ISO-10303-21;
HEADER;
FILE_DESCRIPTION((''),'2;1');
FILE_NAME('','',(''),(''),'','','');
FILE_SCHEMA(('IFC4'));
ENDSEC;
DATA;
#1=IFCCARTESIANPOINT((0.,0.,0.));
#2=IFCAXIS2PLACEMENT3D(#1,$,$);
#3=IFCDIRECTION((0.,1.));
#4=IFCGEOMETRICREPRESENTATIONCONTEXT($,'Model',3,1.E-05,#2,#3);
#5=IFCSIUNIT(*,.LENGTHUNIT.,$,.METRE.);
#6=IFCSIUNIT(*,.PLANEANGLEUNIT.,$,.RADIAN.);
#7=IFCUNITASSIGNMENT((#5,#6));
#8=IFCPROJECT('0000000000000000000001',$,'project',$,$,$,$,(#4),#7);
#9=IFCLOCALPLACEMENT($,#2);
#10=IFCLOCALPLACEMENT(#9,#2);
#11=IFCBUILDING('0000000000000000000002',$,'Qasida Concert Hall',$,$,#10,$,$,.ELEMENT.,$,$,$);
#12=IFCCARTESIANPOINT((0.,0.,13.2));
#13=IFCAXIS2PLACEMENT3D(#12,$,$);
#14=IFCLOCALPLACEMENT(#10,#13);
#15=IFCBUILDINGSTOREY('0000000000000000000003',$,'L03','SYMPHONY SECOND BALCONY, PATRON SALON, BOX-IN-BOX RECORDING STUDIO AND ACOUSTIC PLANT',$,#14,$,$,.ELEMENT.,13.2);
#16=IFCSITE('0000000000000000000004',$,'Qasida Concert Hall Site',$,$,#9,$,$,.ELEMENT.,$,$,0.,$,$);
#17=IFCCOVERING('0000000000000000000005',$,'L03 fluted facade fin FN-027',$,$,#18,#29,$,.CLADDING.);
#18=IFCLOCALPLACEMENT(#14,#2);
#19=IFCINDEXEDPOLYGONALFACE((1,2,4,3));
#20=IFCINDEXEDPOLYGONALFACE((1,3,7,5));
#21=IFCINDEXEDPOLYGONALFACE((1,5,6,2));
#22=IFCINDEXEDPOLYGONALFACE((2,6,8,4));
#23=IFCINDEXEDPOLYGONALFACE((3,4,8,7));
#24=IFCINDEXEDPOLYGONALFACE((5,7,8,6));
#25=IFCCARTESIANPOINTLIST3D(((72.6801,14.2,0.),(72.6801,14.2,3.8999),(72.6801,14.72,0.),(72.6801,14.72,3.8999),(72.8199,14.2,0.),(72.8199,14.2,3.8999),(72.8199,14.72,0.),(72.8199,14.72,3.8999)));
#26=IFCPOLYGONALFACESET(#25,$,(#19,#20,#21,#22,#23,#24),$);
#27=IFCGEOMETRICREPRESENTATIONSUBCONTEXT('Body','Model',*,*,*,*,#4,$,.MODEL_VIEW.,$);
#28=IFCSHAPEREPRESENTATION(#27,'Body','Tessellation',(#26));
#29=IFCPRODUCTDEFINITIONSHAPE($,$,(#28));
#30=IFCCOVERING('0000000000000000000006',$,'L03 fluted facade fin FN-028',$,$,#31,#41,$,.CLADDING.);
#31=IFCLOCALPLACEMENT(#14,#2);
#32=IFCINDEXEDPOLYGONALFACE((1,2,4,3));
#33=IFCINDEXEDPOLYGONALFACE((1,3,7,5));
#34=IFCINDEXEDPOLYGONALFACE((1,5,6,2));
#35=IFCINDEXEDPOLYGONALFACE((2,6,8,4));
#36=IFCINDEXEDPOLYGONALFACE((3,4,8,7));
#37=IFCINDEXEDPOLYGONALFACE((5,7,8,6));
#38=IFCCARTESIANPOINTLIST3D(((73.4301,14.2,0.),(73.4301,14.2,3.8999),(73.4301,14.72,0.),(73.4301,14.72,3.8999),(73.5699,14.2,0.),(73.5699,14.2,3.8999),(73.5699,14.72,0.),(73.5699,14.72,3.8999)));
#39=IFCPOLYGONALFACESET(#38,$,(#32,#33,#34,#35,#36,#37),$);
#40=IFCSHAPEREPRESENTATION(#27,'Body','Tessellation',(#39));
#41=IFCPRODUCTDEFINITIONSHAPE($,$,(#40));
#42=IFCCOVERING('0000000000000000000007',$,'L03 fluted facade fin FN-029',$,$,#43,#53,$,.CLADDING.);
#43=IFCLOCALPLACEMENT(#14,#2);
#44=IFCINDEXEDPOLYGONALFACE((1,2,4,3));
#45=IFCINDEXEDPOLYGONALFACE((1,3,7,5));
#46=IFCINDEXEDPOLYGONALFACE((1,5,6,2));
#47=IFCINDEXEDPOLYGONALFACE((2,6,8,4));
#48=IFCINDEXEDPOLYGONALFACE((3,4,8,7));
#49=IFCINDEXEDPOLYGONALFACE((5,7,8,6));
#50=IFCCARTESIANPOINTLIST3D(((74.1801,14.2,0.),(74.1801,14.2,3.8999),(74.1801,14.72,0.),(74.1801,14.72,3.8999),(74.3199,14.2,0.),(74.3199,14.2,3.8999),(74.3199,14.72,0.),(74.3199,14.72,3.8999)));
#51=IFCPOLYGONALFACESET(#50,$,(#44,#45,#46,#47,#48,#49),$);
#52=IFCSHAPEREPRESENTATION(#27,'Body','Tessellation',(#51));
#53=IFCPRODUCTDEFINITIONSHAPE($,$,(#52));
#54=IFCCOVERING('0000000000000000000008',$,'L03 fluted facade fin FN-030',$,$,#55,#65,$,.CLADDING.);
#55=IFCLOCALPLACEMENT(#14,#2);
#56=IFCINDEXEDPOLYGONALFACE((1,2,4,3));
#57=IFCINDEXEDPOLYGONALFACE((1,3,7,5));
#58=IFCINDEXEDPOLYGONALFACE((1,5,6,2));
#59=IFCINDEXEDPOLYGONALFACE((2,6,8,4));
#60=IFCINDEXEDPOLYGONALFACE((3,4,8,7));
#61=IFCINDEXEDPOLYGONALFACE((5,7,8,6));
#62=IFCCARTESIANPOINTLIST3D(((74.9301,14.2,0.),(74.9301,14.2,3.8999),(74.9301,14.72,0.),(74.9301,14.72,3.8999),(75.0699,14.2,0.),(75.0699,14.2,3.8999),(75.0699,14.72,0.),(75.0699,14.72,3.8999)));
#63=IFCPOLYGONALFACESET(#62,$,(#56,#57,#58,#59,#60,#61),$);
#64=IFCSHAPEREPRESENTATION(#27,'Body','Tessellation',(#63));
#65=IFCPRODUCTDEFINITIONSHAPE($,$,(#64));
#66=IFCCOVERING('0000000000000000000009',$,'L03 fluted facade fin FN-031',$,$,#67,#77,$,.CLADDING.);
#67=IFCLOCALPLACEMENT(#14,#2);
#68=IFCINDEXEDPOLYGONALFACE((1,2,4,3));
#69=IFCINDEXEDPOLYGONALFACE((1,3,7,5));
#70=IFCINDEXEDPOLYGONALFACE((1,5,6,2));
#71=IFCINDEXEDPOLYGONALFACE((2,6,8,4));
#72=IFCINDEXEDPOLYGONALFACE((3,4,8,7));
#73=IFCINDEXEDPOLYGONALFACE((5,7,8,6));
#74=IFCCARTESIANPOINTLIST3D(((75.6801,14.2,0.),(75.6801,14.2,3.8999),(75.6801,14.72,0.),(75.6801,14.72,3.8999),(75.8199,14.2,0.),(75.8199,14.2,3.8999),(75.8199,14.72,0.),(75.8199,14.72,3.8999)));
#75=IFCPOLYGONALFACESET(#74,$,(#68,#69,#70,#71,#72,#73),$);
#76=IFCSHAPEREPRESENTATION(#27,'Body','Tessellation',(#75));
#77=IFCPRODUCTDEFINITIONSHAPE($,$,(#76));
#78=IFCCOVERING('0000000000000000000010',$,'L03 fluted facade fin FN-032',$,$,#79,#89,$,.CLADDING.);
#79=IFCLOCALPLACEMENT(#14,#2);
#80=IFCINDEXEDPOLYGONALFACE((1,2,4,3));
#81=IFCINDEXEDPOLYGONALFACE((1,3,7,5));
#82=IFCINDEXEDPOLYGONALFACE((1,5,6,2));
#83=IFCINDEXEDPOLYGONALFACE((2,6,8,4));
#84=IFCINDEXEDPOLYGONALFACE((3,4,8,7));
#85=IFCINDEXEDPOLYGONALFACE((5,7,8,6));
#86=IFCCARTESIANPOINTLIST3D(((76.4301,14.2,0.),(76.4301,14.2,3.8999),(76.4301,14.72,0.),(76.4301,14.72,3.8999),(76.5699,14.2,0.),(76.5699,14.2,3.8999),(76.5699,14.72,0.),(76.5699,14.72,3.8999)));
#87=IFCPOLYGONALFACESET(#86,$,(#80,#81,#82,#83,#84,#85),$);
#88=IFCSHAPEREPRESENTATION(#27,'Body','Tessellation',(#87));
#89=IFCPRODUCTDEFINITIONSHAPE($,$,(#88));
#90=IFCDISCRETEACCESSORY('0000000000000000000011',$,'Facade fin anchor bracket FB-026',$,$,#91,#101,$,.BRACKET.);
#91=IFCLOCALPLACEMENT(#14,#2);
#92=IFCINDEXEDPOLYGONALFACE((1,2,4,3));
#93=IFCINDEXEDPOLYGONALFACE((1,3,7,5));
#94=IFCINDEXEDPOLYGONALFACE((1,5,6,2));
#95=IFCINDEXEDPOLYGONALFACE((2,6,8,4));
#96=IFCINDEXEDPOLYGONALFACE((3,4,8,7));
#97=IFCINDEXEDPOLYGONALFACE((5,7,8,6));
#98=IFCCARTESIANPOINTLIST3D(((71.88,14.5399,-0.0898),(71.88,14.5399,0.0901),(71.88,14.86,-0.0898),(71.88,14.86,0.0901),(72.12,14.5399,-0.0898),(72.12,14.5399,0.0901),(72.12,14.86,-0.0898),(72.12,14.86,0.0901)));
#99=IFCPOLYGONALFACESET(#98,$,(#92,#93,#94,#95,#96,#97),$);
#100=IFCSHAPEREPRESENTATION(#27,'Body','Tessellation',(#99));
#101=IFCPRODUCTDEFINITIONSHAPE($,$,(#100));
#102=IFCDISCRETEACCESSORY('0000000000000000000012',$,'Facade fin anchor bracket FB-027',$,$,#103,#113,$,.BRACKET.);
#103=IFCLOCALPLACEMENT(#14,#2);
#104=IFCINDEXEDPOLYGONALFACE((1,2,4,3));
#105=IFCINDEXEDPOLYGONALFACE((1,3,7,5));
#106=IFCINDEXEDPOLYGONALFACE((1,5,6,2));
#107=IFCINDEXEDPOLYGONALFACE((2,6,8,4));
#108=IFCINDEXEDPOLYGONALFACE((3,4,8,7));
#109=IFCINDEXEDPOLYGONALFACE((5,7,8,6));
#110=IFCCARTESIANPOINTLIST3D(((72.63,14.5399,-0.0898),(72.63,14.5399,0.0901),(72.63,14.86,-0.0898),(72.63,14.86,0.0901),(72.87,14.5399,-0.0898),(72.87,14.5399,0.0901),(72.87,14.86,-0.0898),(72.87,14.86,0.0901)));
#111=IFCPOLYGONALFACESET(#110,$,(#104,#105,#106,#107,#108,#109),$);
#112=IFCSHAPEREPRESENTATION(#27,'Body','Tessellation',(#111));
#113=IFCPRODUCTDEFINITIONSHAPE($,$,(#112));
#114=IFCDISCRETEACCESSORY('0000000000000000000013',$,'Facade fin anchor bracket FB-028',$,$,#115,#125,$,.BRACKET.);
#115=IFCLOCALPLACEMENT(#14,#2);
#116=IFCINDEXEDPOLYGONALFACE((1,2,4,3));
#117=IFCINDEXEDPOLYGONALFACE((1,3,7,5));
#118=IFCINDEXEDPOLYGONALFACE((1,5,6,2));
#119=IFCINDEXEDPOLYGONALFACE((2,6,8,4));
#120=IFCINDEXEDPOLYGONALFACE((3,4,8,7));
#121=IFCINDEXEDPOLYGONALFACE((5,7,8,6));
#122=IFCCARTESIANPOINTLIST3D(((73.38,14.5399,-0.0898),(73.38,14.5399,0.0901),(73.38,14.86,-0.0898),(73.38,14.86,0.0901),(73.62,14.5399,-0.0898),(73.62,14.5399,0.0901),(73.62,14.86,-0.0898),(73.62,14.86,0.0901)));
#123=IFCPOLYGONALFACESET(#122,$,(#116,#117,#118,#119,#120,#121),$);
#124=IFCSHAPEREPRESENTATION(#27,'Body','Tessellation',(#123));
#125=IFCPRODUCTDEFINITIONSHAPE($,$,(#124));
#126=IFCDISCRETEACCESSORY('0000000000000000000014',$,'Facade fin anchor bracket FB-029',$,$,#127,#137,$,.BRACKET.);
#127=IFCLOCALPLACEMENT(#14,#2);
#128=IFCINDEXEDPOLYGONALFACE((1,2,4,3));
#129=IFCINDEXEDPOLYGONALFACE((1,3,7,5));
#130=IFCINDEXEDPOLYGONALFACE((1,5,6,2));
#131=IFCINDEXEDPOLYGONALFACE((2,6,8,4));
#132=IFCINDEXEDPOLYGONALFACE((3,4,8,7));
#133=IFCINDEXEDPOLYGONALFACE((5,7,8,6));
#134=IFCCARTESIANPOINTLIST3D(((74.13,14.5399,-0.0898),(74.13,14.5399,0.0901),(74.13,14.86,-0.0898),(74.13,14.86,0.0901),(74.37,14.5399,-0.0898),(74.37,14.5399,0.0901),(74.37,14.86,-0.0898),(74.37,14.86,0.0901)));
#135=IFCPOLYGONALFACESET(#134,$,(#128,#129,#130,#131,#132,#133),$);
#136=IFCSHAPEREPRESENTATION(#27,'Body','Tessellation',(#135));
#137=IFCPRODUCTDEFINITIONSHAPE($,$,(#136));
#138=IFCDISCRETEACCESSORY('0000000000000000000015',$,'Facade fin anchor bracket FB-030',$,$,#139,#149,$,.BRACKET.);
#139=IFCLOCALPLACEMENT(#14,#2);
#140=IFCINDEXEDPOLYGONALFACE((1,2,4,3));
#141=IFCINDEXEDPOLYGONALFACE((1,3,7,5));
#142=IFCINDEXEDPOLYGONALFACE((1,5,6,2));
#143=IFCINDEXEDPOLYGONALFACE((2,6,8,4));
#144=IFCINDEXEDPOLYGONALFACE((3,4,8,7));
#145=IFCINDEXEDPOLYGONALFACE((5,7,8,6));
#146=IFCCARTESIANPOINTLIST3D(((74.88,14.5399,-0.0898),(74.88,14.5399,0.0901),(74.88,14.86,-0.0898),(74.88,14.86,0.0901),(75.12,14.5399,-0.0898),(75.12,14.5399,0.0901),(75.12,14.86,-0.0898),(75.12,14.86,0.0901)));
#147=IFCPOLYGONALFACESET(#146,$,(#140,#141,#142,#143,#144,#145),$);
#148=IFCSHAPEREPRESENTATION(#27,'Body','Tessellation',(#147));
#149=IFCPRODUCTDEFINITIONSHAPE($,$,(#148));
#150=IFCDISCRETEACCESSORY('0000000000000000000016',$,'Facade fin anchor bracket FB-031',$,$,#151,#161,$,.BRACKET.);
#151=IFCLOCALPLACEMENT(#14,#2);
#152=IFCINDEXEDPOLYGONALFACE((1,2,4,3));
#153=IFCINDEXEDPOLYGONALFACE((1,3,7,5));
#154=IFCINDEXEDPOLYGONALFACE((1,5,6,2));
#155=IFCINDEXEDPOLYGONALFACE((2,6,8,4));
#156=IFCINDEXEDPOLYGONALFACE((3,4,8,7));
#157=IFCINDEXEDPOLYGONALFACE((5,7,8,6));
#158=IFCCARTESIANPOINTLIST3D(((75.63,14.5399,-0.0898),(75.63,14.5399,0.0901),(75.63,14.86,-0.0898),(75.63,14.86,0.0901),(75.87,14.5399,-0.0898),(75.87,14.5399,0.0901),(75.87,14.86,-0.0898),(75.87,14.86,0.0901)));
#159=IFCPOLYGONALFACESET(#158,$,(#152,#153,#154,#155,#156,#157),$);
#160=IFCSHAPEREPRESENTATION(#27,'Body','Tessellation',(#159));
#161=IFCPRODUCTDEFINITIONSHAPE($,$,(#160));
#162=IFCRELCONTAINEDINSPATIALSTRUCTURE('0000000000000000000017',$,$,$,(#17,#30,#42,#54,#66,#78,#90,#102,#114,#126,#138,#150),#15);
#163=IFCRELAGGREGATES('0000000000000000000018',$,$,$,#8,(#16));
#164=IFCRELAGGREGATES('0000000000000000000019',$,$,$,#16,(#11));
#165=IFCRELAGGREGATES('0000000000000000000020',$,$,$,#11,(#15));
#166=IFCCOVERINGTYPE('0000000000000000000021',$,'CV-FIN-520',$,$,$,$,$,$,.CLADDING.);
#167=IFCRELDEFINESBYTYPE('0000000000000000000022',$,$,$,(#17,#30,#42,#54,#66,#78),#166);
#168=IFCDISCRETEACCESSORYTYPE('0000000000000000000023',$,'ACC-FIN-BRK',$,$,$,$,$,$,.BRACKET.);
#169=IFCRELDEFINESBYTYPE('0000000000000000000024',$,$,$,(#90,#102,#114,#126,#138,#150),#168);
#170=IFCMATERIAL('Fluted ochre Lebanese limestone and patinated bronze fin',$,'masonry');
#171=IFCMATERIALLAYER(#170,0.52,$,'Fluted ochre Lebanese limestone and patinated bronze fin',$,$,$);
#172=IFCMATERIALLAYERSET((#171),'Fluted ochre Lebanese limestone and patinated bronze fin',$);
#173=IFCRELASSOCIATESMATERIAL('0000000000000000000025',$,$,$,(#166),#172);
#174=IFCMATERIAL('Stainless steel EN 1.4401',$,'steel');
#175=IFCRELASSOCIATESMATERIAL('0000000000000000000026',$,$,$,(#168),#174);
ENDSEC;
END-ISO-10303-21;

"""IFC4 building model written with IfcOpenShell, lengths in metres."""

from ifc_helpers import new_model, si_unit, direction, frame, origin, origin_2d, place, context, subcontext, project, spatial, rectangle, extrude, material, layer, layer_set, type_object, element, save


model = new_model("IFC4")

# Units and contexts
model_context = context("Model", 3, precision=1e-05, world=origin(), true_north=direction((0.0, 1.0)))
body_context = subcontext(model_context, "Body", "Model", "MODEL_VIEW")
ifc_project = project(units=[si_unit("LENGTHUNIT", "METRE"), si_unit("PLANEANGLEUNIT", "RADIAN")], contexts=[model_context])

# Site, building, storey
site_placement = place(None, origin())
site = spatial("IfcSite", under=ifc_project, at=site_placement, Name="Qasida Concert Hall Site", CompositionType="ELEMENT", RefElevation=0.0)
building_placement = place(site_placement, origin())
building = spatial("IfcBuilding", under=site, at=building_placement, Name="Qasida Concert Hall", CompositionType="ELEMENT")
storey_placement = place(building_placement, frame((0.0, 0.0, 13.2)))
storey = spatial("IfcBuildingStorey", under=building, at=storey_placement, Name="L03", Description="SYMPHONY SECOND BALCONY, PATRON SALON, BOX-IN-BOX RECORDING STUDIO AND ACOUSTIC PLANT", CompositionType="ELEMENT", Elevation=13.2)

# Coverings
ifc_material_1 = material(Name="Fluted ochre Lebanese limestone and patinated bronze fin", Category="masonry")
ifc_layer_1 = layer(ifc_material_1, 0.52, Name="Fluted ochre Lebanese limestone and patinated bronze fin")
ifc_layer_set_1 = layer_set([ifc_layer_1], Name="Fluted ochre Lebanese limestone and patinated bronze fin")
covering_type = type_object("IfcCoveringType", Name="CV-FIN-520", PredefinedType="CLADDING", material=ifc_layer_set_1)
for number, where, z_axis, x_axis, name in (
    (1, (72.75, 14.46, 0.0), (0.0, 0.0, 1.0), (1.0, 0.0, 0.0), "L03 fluted facade fin FN-027"),
    (2, (73.5, 14.46, 0.0), (0.0, 0.0, 1.0), (1.0, 0.0, 0.0), "L03 fluted facade fin FN-028"),
    (3, (74.25, 14.46, 0.0), (0.0, 0.0, 1.0), (1.0, 0.0, 0.0), "L03 fluted facade fin FN-029"),
    (4, (75.0, 14.46, 0.0), (0.0, 0.0, 1.0), (1.0, 0.0, 0.0), "L03 fluted facade fin FN-030"),
    (5, (75.75, 14.46, 0.0), (0.0, 0.0, 1.0), (1.0, 0.0, 0.0), "L03 fluted facade fin FN-031"),
    (6, (76.5, 14.46, 0.0), (0.0, 0.0, 1.0), (1.0, 0.0, 0.0), "L03 fluted facade fin FN-032"),
):
    element("IfcCovering", number, at=place(storey_placement, frame(where, z_axis=z_axis, x_axis=x_axis)), inside=storey, type_object=covering_type, Name=name, PredefinedType="CLADDING", context=body_context, shape_type="SweptSolid", body=[
        extrude(rectangle(XDim=0.1399, YDim=0.52, at=origin_2d()), origin(), (0.0, 0.0, 1.0), 3.8999),
    ])

# Discrete accessories
ifc_material_2 = material(Name="Stainless steel EN 1.4401", Category="steel")
discrete_accessory_type = type_object("IfcDiscreteAccessoryType", Name="ACC-FIN-BRK", PredefinedType="BRACKET", material=ifc_material_2)
for number, where, z_axis, x_axis, name in (
    (7, (72.0, 14.7, -0.0898), (0.0, 0.0, 1.0), (1.0, 0.0, 0.0), "Facade fin anchor bracket FB-026"),
    (8, (72.75, 14.7, -0.0898), (0.0, 0.0, 1.0), (1.0, 0.0, 0.0), "Facade fin anchor bracket FB-027"),
    (9, (73.5, 14.7, -0.0898), (0.0, 0.0, 1.0), (1.0, 0.0, 0.0), "Facade fin anchor bracket FB-028"),
    (10, (74.25, 14.7, -0.0898), (0.0, 0.0, 1.0), (1.0, 0.0, 0.0), "Facade fin anchor bracket FB-029"),
    (11, (75.0, 14.7, -0.0898), (0.0, 0.0, 1.0), (1.0, 0.0, 0.0), "Facade fin anchor bracket FB-030"),
    (12, (75.75, 14.7, -0.0898), (0.0, 0.0, 1.0), (1.0, 0.0, 0.0), "Facade fin anchor bracket FB-031"),
):
    element("IfcDiscreteAccessory", number, at=place(storey_placement, frame(where, z_axis=z_axis, x_axis=x_axis)), inside=storey, type_object=discrete_accessory_type, Name=name, PredefinedType="BRACKET", context=body_context, shape_type="SweptSolid", body=[
        extrude(rectangle(XDim=0.24, YDim=0.3201, at=origin_2d()), origin(), (0.0, 0.0, 1.0), 0.1799),
    ])

save(model, "model.ifc")
